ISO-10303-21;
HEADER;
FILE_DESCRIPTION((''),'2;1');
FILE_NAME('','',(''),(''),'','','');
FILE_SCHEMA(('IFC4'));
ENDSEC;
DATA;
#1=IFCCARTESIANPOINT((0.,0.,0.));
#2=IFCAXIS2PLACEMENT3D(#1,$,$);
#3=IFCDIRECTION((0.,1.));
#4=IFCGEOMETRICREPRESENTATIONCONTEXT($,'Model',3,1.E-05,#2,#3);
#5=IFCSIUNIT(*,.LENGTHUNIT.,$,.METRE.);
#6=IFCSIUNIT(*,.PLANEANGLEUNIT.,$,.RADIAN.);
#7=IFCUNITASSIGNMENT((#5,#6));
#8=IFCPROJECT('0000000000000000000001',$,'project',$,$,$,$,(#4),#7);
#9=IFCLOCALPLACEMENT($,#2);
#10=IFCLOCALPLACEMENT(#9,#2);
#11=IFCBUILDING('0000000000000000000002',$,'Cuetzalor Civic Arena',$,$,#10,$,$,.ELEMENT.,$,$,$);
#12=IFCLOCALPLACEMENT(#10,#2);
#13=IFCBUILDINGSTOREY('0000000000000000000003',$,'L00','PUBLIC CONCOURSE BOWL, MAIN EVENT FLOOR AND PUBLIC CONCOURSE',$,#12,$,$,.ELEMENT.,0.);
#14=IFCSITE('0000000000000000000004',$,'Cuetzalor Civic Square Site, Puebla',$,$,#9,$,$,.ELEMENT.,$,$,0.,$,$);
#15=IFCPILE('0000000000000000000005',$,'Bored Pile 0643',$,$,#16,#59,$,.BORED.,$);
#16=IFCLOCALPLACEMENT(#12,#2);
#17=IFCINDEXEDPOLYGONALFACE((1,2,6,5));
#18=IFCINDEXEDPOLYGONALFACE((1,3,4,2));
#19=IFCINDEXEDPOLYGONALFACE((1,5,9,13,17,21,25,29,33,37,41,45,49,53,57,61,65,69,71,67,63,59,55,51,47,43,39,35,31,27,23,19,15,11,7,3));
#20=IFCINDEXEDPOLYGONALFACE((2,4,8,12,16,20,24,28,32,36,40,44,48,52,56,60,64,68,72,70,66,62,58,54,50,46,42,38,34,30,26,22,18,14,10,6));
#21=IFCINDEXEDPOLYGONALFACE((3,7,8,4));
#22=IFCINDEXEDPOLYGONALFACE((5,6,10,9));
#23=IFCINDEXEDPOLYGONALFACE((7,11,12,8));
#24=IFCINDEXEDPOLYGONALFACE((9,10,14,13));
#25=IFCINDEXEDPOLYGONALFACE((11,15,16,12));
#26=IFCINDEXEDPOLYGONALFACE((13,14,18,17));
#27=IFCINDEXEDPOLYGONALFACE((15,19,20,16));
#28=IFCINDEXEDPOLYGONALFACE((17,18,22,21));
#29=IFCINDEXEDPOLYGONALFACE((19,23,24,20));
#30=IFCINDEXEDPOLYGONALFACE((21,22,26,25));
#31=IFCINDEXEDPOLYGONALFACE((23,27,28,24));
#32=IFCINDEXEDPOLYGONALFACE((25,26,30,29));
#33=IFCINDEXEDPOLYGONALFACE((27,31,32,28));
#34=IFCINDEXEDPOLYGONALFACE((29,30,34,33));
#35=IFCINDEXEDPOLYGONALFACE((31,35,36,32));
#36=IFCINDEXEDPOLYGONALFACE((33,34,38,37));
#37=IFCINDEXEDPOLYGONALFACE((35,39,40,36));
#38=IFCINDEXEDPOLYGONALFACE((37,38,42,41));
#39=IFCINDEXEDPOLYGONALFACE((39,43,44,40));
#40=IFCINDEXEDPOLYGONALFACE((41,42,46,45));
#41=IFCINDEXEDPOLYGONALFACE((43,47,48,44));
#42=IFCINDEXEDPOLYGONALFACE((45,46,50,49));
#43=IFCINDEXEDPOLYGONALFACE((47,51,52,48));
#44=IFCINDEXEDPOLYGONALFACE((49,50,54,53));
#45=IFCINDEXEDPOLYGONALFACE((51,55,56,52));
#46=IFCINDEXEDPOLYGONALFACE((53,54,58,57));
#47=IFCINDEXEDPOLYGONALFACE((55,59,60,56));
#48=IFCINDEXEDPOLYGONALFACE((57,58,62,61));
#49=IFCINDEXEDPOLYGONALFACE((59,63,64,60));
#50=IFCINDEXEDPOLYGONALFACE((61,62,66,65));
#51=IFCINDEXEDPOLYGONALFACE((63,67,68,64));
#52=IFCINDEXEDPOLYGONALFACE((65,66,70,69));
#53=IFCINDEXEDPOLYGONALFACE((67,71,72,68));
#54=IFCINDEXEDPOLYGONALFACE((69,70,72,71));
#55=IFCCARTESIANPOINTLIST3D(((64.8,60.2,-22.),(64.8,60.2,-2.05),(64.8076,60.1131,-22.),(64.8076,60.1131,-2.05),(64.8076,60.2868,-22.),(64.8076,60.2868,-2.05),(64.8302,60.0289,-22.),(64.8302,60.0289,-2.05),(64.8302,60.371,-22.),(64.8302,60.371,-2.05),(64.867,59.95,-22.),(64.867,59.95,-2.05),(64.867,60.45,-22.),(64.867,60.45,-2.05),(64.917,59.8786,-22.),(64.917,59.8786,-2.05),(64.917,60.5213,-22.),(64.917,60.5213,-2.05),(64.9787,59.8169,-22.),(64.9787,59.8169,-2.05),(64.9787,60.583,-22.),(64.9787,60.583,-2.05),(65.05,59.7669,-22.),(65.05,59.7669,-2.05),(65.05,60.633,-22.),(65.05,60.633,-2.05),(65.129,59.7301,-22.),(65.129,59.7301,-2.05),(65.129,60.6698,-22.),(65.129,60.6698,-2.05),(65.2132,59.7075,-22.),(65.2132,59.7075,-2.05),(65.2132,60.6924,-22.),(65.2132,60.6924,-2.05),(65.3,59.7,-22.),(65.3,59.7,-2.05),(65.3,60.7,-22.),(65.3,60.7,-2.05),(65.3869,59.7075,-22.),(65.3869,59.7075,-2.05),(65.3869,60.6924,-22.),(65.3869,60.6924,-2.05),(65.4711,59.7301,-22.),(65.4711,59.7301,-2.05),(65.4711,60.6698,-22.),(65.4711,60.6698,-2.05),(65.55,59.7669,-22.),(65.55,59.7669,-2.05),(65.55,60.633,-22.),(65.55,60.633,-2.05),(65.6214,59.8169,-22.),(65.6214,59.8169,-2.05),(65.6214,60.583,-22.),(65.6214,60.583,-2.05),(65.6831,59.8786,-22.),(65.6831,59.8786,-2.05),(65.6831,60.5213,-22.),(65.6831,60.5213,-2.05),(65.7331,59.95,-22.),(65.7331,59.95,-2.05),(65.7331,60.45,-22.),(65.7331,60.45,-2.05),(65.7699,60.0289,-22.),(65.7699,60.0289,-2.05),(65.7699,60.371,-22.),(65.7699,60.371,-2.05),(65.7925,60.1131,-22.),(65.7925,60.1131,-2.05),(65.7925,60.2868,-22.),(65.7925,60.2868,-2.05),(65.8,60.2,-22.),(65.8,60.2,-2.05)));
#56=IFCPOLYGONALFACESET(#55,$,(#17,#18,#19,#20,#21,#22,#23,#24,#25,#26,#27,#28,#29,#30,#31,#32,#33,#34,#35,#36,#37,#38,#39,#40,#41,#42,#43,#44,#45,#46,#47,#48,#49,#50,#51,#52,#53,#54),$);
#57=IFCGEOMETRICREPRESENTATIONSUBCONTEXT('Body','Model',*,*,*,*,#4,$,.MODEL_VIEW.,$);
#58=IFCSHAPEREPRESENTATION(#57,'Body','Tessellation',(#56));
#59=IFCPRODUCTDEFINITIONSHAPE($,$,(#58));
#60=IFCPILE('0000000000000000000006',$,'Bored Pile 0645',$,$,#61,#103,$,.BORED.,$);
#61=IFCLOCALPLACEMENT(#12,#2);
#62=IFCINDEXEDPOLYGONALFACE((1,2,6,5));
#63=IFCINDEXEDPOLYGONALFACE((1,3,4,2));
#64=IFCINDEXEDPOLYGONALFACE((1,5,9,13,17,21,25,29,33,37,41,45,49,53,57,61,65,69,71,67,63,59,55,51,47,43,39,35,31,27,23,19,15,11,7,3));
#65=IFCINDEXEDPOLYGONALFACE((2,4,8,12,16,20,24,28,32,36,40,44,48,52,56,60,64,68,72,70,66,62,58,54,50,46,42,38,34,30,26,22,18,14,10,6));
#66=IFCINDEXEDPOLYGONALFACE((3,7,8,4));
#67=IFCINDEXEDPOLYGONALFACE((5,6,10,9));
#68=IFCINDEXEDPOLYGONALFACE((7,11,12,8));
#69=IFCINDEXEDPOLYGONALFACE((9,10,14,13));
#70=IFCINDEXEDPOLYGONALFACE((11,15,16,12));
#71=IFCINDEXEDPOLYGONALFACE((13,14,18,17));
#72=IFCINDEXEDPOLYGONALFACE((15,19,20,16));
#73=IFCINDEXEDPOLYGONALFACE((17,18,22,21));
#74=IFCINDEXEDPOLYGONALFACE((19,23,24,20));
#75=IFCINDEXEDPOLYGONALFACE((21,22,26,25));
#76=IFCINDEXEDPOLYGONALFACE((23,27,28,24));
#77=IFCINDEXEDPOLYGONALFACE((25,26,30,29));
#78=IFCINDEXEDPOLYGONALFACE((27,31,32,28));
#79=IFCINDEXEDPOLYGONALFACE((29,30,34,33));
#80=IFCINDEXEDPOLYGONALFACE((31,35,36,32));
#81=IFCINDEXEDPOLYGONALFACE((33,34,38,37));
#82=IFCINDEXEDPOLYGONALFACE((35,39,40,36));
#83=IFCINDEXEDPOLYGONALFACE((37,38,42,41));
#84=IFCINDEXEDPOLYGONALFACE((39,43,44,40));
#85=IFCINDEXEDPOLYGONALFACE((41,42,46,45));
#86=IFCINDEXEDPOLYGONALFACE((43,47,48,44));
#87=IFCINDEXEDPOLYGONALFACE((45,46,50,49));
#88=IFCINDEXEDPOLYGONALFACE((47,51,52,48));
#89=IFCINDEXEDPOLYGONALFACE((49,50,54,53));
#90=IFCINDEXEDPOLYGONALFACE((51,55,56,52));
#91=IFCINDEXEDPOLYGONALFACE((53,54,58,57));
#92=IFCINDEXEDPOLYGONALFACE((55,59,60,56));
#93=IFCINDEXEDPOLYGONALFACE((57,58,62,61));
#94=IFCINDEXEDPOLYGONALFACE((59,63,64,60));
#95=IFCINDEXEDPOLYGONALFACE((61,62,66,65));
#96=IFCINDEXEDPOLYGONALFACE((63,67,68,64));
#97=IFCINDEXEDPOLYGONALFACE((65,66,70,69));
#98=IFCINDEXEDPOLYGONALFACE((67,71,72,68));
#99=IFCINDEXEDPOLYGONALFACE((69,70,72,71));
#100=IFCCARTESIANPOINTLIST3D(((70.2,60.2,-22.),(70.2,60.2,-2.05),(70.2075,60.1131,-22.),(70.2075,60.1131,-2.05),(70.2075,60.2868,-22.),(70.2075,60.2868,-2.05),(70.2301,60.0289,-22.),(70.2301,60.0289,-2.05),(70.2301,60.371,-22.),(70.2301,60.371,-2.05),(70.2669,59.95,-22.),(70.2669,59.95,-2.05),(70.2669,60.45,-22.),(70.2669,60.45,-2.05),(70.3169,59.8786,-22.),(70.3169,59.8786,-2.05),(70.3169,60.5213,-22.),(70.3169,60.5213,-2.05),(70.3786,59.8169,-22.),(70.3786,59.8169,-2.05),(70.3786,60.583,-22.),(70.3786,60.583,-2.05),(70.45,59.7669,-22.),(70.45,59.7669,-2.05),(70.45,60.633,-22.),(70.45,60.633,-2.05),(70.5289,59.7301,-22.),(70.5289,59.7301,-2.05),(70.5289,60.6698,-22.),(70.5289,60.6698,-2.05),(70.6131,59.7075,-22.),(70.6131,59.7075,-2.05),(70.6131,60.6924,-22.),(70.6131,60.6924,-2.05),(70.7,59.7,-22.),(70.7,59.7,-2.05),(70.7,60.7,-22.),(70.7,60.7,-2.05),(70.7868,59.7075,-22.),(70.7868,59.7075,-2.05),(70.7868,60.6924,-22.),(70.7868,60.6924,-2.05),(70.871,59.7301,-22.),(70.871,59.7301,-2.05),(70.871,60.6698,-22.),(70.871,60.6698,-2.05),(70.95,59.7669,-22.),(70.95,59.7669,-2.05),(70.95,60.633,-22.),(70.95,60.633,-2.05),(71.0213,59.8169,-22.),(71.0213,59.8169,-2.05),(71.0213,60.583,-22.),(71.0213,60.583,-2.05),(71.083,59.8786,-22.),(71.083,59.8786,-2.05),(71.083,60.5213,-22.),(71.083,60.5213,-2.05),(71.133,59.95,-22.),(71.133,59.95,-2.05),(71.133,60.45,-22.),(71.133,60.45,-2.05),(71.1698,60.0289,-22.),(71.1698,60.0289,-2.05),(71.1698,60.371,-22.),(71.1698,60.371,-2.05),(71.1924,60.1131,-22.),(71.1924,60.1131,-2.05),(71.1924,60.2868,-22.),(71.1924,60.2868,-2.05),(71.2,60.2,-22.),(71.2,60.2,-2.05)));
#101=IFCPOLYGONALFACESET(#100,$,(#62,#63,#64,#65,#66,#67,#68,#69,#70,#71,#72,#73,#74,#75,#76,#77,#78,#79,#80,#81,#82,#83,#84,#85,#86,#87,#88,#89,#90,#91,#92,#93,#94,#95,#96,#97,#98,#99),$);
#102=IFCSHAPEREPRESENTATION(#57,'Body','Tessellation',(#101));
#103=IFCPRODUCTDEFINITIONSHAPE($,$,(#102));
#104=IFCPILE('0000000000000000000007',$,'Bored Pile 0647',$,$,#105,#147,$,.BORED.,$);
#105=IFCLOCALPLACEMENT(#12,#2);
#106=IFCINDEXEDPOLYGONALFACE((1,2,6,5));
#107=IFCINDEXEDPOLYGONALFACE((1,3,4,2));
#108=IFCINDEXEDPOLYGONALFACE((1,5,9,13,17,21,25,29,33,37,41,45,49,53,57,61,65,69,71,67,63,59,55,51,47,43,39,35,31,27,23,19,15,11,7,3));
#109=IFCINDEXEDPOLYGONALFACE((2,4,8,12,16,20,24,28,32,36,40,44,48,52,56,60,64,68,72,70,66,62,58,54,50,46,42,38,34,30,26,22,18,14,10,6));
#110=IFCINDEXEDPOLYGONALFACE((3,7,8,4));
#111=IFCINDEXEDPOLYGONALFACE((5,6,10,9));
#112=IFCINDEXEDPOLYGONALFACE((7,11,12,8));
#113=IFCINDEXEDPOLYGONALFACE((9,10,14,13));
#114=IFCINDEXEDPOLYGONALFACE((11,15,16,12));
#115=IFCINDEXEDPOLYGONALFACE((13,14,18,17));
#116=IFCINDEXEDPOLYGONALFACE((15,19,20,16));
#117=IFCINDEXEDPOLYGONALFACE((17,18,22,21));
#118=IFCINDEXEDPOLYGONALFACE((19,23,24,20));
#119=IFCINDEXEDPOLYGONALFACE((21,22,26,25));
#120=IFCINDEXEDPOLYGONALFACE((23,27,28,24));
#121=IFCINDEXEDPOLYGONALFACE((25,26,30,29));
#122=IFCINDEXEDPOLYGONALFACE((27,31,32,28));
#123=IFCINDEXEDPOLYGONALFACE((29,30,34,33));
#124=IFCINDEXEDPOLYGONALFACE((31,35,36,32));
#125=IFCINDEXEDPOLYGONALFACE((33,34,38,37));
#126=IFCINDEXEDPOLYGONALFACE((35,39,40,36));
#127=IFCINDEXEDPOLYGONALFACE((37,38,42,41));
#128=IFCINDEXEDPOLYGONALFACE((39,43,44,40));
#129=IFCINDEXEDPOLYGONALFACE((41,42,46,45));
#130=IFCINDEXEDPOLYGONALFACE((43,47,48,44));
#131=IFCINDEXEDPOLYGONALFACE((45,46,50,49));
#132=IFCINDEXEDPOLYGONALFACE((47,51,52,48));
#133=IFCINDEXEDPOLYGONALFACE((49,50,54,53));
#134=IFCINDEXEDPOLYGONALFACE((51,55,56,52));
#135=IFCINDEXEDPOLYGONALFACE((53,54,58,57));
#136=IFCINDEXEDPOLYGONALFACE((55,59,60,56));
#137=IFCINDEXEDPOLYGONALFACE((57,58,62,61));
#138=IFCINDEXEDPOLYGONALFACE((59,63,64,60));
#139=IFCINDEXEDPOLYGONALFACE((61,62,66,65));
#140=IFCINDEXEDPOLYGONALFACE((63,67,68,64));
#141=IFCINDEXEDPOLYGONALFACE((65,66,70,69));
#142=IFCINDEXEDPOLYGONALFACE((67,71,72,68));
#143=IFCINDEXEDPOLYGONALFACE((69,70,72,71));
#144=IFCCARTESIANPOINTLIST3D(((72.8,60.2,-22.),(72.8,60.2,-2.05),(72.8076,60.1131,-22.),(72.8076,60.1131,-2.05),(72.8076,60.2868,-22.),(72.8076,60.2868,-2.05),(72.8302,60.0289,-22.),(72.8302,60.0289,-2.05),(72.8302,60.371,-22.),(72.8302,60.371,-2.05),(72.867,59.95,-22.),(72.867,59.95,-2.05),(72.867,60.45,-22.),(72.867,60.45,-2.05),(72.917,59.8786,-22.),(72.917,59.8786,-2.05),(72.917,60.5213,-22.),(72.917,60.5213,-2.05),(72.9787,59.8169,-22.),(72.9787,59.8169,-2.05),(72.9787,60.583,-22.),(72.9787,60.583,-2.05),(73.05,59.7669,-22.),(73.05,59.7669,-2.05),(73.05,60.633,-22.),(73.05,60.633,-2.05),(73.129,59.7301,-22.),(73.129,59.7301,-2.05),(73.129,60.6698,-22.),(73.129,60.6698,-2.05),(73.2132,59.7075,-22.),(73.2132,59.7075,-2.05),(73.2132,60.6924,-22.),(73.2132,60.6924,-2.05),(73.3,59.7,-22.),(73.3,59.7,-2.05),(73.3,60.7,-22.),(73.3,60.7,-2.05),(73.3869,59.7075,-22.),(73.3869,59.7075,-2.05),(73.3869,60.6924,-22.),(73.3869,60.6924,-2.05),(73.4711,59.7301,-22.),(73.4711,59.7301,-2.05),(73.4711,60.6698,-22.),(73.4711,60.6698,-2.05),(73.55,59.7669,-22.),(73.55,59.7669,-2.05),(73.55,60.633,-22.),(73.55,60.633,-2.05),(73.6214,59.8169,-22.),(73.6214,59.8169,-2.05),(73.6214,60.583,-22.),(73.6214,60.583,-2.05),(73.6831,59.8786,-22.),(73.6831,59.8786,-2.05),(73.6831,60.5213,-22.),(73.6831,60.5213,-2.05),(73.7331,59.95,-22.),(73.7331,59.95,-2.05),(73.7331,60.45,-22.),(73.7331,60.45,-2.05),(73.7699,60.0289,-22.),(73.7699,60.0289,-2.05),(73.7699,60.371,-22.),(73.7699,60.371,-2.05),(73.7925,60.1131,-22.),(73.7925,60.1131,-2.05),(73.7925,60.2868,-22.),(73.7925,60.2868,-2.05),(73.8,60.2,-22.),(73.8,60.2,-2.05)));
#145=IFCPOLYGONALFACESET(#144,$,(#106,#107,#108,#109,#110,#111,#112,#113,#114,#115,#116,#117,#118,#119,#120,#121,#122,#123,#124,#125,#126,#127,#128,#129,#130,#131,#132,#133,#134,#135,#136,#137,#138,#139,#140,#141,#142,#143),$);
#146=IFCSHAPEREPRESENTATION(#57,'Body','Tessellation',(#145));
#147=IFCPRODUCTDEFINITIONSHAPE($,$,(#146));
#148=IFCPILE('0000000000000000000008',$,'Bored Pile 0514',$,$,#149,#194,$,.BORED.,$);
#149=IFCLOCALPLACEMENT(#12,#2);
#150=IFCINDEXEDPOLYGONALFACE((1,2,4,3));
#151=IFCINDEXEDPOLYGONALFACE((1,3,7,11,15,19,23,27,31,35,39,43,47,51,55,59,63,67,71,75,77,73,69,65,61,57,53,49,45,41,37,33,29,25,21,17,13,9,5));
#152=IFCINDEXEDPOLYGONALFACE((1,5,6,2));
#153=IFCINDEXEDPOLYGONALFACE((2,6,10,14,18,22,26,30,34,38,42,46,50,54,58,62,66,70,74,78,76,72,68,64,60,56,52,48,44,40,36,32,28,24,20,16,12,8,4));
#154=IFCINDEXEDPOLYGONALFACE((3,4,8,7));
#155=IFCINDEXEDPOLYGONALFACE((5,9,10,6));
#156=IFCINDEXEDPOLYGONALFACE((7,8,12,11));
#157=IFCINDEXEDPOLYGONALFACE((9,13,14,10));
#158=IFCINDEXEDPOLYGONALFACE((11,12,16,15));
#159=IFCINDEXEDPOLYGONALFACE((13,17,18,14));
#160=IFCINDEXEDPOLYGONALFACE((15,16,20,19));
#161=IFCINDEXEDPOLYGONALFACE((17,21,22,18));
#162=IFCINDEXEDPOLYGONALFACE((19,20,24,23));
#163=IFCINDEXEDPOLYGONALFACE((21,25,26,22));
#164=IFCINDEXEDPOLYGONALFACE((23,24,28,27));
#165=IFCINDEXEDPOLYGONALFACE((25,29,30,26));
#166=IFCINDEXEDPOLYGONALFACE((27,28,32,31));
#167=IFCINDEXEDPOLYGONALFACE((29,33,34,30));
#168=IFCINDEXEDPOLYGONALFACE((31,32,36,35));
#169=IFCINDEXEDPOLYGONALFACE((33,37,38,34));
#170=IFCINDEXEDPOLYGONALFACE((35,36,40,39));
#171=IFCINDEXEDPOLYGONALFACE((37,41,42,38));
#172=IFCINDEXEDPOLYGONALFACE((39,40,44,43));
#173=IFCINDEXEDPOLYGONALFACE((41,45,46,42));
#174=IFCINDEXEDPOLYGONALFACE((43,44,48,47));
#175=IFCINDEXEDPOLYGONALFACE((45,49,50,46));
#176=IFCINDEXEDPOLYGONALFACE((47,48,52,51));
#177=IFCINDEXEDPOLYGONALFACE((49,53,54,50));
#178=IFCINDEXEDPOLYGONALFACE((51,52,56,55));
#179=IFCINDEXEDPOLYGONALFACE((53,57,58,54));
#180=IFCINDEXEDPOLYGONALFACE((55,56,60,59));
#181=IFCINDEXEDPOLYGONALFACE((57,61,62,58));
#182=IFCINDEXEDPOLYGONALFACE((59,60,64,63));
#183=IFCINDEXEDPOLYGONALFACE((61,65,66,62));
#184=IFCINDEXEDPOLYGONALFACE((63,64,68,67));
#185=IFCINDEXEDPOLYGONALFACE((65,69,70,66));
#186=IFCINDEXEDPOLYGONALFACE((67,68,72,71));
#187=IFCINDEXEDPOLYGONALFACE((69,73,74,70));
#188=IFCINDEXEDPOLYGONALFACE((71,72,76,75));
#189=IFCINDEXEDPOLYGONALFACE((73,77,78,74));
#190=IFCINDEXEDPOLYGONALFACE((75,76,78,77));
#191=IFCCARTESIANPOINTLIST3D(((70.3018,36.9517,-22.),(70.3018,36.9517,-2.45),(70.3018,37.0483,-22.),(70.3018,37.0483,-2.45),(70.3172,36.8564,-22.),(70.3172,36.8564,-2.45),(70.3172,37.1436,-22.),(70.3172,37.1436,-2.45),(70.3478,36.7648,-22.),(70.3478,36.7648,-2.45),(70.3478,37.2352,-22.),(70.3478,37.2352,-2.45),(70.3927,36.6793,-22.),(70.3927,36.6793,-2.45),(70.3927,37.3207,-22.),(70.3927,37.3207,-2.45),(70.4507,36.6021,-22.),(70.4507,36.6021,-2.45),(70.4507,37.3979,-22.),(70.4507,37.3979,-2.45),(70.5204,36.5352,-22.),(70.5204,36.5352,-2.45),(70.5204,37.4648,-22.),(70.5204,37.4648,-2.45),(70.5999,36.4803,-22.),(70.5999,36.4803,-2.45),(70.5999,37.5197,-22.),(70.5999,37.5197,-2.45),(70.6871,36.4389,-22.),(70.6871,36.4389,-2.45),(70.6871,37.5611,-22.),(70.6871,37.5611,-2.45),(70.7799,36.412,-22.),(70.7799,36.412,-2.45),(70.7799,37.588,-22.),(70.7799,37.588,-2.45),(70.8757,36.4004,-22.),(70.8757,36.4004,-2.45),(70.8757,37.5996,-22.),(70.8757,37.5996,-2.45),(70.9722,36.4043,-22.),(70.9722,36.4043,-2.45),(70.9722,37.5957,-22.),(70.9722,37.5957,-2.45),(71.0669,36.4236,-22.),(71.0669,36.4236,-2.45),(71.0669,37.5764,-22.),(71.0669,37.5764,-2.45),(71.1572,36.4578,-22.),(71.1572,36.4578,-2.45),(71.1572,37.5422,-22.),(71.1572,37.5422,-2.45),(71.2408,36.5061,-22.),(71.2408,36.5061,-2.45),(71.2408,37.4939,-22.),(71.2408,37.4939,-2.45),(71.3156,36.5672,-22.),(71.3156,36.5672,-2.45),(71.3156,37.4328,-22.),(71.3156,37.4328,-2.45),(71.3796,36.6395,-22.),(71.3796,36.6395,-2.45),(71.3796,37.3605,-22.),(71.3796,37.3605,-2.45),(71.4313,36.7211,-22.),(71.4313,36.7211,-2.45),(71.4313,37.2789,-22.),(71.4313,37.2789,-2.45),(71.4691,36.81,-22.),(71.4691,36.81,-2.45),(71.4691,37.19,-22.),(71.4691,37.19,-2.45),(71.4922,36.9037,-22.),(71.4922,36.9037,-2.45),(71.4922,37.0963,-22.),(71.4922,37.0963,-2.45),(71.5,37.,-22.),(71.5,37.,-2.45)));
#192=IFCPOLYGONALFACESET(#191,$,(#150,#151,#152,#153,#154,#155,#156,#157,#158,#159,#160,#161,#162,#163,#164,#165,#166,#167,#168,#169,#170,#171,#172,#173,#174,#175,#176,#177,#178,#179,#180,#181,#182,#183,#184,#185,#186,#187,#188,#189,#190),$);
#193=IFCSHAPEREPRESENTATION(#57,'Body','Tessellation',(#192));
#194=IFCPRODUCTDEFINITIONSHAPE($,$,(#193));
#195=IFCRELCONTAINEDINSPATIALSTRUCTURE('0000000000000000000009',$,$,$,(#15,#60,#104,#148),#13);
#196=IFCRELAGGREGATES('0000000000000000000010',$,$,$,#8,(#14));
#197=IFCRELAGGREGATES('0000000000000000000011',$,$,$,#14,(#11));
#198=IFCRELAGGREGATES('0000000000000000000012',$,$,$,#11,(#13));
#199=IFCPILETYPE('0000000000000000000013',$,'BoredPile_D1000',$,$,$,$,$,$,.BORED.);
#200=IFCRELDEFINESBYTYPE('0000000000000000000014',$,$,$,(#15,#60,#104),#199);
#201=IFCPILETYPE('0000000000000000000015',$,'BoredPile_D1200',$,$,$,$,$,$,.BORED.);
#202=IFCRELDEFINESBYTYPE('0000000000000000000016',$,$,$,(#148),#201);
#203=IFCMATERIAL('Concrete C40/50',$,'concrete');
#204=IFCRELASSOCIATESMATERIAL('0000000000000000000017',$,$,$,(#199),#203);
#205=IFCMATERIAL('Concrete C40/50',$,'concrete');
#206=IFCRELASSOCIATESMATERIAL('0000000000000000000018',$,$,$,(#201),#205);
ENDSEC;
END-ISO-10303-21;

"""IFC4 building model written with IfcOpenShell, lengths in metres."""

from ifc_helpers import new_model, si_unit, direction, frame, origin, origin_2d, place, context, subcontext, project, spatial, circle, extrude, material, material_profile, profile_set, type_object, element, save


model = new_model("IFC4")

# Units and contexts
model_context = context("Model", 3, precision=1e-05, world=origin(), true_north=direction((0.0, 1.0)))
body_context = subcontext(model_context, "Body", "Model", "MODEL_VIEW")
ifc_project = project(units=[si_unit("LENGTHUNIT", "METRE"), si_unit("PLANEANGLEUNIT", "RADIAN")], contexts=[model_context])

# Site, building, storey
site_placement = place(None, origin())
site = spatial("IfcSite", under=ifc_project, at=site_placement, Name="Cuetzalor Civic Square Site, Puebla", CompositionType="ELEMENT", RefElevation=0.0)
building_placement = place(site_placement, origin())
building = spatial("IfcBuilding", under=site, at=building_placement, Name="Cuetzalor Civic Arena", CompositionType="ELEMENT")
storey_placement = place(building_placement, origin())
storey = spatial("IfcBuildingStorey", under=building, at=storey_placement, Name="L00", Description="PUBLIC CONCOURSE BOWL, MAIN EVENT FLOOR AND PUBLIC CONCOURSE", CompositionType="ELEMENT", Elevation=0.0)

# Piles
ifc_material_1 = material(Name="Concrete C40/50", Category="concrete")
ifc_material_profile_1 = material_profile(ifc_material_1, circle(Radius=0.5, at=origin_2d()), Name="BORED PILE D1000")
ifc_profile_set_1 = profile_set([ifc_material_profile_1], Name="Concrete C40/50")
pile_type_1 = type_object("IfcPileType", Name="BoredPile_D1000", PredefinedType="BORED", material=ifc_profile_set_1)
for number, where, z_axis, x_axis, name in (
    (1, (65.3, 60.2, -2.05), (0.0, 0.0, -1.0), (1.0, 0.0, 0.0), "Bored Pile 0643"),
    (2, (70.7, 60.2, -2.05), (0.0, 0.0, -1.0), (1.0, 0.0, 0.0), "Bored Pile 0645"),
    (3, (73.3, 60.2, -2.05), (0.0, 0.0, -1.0), (1.0, 0.0, 0.0), "Bored Pile 0647"),
):
    element("IfcPile", number, at=place(storey_placement, frame(where, z_axis=z_axis, x_axis=x_axis)), inside=storey, type_object=pile_type_1, Name=name, PredefinedType="BORED", context=body_context, shape_type="SweptSolid", body=[
        extrude(circle(Radius=0.5, at=origin_2d()), origin(), (0.0, 0.0, 1.0), 19.95),
    ])
ifc_material_2 = material(Name="Concrete C40/50", Category="concrete")
ifc_material_profile_2 = material_profile(ifc_material_2, circle(Radius=0.6001, at=origin_2d()), Name="BORED PILE D1200")
ifc_profile_set_2 = profile_set([ifc_material_profile_2], Name="Concrete C40/50")
pile_type_2 = type_object("IfcPileType", Name="BoredPile_D1200", PredefinedType="BORED", material=ifc_profile_set_2)
for number, where, z_axis, x_axis, name in (
    (4, (70.8999, 37.0, -2.45), (0.0, 0.0, -1.0), (1.0, 0.0, 0.0), "Bored Pile 0514"),
):
    element("IfcPile", number, at=place(storey_placement, frame(where, z_axis=z_axis, x_axis=x_axis)), inside=storey, type_object=pile_type_2, Name=name, PredefinedType="BORED", context=body_context, shape_type="SweptSolid", body=[
        extrude(circle(Radius=0.6001, at=origin_2d()), origin(), (0.0, 0.0, 1.0), 19.55),
    ])

save(model, "model.ifc")
